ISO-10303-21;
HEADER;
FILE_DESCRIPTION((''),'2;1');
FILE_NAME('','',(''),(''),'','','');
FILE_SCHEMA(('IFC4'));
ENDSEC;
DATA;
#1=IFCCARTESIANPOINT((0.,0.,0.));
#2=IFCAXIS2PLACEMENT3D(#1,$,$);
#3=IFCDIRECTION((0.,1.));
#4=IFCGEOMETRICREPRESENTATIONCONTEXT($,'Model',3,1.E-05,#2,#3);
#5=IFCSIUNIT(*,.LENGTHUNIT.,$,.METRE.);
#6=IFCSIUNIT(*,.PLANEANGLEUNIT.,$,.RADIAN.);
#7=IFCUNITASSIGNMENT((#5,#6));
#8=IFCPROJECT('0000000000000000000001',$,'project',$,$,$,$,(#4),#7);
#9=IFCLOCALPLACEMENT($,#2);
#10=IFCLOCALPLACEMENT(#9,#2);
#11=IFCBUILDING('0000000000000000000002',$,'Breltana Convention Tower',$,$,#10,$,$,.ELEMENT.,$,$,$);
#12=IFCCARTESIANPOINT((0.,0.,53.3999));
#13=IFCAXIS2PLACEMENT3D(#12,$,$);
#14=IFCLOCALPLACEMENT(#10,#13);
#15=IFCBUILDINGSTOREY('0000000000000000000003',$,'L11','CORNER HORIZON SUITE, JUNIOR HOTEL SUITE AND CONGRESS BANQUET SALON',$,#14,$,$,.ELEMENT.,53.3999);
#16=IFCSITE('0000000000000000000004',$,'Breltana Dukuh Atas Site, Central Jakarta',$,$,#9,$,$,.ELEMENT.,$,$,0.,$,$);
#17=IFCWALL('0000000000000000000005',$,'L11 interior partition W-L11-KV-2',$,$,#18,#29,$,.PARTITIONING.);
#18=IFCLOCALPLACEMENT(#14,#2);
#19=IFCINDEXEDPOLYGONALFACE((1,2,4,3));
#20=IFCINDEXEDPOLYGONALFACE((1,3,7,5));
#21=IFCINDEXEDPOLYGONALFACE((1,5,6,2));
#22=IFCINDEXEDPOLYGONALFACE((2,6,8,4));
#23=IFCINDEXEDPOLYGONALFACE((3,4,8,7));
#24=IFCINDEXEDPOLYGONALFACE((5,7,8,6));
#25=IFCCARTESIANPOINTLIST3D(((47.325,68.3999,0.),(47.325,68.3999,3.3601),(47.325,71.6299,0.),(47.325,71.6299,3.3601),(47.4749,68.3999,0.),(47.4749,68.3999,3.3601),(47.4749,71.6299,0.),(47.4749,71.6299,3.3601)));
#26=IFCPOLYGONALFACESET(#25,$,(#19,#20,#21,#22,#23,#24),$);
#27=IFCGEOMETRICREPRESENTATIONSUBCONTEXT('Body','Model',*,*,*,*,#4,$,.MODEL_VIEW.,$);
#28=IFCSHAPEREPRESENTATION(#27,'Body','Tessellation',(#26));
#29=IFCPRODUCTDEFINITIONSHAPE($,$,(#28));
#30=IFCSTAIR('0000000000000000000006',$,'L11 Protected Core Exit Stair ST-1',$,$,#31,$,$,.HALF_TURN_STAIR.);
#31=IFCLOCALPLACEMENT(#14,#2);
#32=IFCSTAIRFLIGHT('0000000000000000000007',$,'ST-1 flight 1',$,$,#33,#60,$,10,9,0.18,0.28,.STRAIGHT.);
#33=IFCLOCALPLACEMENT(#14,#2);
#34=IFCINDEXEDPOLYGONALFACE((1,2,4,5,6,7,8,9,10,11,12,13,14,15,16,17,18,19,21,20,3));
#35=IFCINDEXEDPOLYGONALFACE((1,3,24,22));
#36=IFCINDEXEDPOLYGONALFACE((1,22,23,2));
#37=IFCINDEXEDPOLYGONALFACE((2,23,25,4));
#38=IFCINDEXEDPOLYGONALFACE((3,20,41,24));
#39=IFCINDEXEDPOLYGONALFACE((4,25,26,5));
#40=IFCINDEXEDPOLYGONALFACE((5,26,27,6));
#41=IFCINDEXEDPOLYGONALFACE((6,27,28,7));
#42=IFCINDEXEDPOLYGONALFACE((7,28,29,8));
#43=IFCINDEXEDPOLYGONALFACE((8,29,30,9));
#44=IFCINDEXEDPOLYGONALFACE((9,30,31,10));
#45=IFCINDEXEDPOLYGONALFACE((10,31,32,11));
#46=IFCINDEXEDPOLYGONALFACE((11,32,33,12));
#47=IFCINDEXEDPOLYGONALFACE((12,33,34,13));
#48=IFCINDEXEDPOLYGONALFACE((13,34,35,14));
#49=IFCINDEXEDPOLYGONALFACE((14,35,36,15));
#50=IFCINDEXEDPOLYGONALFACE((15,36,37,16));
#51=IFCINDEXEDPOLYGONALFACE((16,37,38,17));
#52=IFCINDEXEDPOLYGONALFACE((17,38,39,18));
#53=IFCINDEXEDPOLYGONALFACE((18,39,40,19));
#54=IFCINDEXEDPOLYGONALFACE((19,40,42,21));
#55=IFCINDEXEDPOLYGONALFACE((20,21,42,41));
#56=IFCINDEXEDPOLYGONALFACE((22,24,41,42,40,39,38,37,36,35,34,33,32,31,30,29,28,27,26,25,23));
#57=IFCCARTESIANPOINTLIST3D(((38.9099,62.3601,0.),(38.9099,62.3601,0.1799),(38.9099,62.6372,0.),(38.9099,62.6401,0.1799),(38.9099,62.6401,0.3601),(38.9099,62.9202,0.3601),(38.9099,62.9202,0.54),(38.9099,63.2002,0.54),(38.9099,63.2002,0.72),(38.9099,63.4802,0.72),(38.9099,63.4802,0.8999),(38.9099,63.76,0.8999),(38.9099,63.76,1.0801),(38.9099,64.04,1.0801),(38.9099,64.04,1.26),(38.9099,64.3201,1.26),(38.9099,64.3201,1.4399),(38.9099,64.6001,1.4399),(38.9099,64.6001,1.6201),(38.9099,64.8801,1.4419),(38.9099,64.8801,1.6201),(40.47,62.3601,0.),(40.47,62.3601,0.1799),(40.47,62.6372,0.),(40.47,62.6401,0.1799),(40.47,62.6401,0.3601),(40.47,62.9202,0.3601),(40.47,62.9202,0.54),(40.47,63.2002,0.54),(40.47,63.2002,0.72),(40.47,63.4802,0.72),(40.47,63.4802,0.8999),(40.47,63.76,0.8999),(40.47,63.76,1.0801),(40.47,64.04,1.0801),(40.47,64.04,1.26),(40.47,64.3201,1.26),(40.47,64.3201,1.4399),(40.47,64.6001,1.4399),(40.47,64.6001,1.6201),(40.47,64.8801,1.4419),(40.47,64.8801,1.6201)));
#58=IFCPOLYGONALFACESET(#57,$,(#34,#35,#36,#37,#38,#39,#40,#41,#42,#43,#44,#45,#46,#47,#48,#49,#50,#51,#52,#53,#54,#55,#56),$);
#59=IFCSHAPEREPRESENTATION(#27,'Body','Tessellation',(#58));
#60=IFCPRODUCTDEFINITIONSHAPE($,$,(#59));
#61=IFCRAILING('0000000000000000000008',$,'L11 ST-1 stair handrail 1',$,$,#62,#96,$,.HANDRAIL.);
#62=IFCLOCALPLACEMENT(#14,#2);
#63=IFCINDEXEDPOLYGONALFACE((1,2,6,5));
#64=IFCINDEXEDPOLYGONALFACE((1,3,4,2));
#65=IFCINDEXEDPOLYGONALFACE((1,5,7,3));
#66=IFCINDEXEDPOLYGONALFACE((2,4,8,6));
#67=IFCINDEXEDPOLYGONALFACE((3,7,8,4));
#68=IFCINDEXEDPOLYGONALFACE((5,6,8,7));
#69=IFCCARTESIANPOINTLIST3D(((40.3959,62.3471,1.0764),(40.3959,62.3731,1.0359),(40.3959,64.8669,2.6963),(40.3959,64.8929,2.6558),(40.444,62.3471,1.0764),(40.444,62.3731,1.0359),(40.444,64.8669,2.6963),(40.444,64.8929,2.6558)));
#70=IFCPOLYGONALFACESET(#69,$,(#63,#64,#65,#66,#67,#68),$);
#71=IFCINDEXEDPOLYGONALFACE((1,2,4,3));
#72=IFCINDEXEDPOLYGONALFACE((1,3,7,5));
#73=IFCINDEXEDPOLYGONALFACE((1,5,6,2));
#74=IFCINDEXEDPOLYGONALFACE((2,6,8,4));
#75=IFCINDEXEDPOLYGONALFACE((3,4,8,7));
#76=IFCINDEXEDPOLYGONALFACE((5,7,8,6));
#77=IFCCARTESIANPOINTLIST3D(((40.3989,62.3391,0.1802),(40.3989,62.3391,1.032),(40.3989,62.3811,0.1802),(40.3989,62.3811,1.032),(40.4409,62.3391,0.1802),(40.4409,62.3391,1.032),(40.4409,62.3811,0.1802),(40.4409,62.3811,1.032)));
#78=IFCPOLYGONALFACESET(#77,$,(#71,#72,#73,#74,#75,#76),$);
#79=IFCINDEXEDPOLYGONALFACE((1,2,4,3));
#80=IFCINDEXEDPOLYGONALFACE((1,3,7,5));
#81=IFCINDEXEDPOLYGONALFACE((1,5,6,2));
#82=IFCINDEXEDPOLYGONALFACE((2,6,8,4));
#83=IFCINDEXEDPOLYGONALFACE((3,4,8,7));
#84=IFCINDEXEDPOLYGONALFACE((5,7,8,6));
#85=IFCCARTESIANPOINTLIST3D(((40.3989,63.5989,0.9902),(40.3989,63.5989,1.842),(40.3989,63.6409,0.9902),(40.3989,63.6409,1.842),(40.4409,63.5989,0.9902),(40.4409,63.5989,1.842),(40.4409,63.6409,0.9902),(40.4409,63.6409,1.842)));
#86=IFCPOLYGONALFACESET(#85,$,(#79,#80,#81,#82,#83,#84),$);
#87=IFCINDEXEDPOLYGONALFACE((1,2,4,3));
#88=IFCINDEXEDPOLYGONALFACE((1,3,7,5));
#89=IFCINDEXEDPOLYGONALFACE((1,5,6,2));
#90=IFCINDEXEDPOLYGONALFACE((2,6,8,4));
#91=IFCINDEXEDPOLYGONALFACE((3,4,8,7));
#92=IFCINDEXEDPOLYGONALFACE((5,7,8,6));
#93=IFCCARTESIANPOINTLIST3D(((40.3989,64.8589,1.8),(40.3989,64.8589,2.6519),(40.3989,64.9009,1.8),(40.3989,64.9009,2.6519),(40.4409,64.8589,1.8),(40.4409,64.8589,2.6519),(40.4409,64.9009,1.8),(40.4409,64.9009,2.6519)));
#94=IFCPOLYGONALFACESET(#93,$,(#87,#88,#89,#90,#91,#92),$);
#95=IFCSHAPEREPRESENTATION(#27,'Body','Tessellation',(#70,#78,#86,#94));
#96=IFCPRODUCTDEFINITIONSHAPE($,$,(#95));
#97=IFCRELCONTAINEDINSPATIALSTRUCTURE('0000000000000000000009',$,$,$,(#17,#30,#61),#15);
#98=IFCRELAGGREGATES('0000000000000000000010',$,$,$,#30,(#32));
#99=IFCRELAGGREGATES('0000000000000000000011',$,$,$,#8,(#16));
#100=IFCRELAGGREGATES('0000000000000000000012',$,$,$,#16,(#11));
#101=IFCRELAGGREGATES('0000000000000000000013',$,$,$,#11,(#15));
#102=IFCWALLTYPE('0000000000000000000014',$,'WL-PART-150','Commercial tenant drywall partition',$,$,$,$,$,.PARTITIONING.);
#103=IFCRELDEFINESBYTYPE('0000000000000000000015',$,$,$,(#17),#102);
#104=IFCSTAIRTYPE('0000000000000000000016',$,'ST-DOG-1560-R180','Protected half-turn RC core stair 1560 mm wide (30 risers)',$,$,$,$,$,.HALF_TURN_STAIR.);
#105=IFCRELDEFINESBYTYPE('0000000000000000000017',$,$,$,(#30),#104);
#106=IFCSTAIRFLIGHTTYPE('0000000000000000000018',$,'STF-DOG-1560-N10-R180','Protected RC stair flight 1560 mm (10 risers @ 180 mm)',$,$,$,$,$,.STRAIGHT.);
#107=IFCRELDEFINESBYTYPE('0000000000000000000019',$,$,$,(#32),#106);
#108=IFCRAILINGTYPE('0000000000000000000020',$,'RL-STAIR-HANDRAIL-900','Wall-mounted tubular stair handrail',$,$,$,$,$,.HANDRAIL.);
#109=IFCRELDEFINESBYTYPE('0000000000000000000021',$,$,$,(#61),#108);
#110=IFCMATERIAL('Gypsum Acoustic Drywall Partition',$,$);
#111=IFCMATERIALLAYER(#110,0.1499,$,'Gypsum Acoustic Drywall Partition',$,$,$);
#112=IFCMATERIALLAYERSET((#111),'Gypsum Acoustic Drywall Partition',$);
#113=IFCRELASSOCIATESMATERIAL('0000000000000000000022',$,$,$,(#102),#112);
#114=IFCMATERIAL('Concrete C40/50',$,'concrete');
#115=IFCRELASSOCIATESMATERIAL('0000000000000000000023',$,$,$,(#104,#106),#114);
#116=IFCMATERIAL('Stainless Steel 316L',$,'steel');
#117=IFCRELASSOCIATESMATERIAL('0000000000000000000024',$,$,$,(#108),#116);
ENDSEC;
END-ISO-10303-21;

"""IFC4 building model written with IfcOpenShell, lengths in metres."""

from ifc_helpers import new_model, si_unit, direction, frame, frame_2d, origin, origin_2d, place, context, subcontext, project, spatial, polyline, rectangle, outline, extrude, source, transform, mapped, material, layer, layer_set, type_object, element, aggregate, save


model = new_model("IFC4")

# Units and contexts
model_context = context("Model", 3, precision=1e-05, world=origin(), true_north=direction((0.0, 1.0)))
body_context = subcontext(model_context, "Body", "Model", "MODEL_VIEW")
ifc_project = project(units=[si_unit("LENGTHUNIT", "METRE"), si_unit("PLANEANGLEUNIT", "RADIAN")], contexts=[model_context])

# Site, building, storey
site_placement = place(None, origin())
site = spatial("IfcSite", under=ifc_project, at=site_placement, Name="Breltana Dukuh Atas Site, Central Jakarta", CompositionType="ELEMENT", RefElevation=0.0)
building_placement = place(site_placement, origin())
building = spatial("IfcBuilding", under=site, at=building_placement, Name="Breltana Convention Tower", CompositionType="ELEMENT")
storey_placement = place(building_placement, frame((0.0, 0.0, 53.3999)))
storey = spatial("IfcBuildingStorey", under=building, at=storey_placement, Name="L11", Description="CORNER HORIZON SUITE, JUNIOR HOTEL SUITE AND CONGRESS BANQUET SALON", CompositionType="ELEMENT", Elevation=53.3999)

# Wall
ifc_material_1 = material(Name="Gypsum Acoustic Drywall Partition")
ifc_layer_1 = layer(ifc_material_1, 0.1499, Name="Gypsum Acoustic Drywall Partition")
ifc_layer_set_1 = layer_set([ifc_layer_1], Name="Gypsum Acoustic Drywall Partition")
wall_type_1 = type_object("IfcWallType", Name="WL-PART-150", Description="Commercial tenant drywall partition", PredefinedType="PARTITIONING", material=ifc_layer_set_1)
shared_shape_1 = source(origin(), body_context, "Body", "SweptSolid", [
    extrude(rectangle(XDim=3.23, YDim=0.1499, at=frame_2d((1.615, 0.0))), origin(), (0.0, 0.0, 1.0), 3.3601),
])
for number, where, z_axis, x_axis, name in (
    (1, (47.3999, 68.3999, 0.0), (0.0, 0.0, 1.0), (0.0, 1.0, 0.0), "L11 interior partition W-L11-KV-2"),
):
    element("IfcWall", number, at=place(storey_placement, frame(where, z_axis=z_axis, x_axis=x_axis)), inside=storey, type_object=wall_type_1, Name=name, PredefinedType="PARTITIONING", context=body_context, shape_type="MappedRepresentation", body=[
        mapped(shared_shape_1, transform((0.0, 0.0, 0.0), scale=1.0)),
    ])

# Stair, stair flight
ifc_material_2 = material(Name="Concrete C40/50", Category="concrete")
stair_type = type_object("IfcStairType", Name="ST-DOG-1560-R180", Description="Protected half-turn RC core stair 1560 mm wide (30 risers)", PredefinedType="HALF_TURN_STAIR", material=ifc_material_2)
stair_placement = place(storey_placement, origin())
stair = element("IfcStair", 2, at=stair_placement, inside=storey, type_object=stair_type, Name="L11 Protected Core Exit Stair ST-1", PredefinedType="HALF_TURN_STAIR")
stair_flight_type = type_object("IfcStairFlightType", Name="STF-DOG-1560-N10-R180", Description="Protected RC stair flight 1560 mm (10 risers @ 180 mm)", PredefinedType="STRAIGHT", material=ifc_material_2)
stair_flight_placement = place(storey_placement, frame((39.6899, 62.3601, 0.0), z_axis=(0.0, 0.0, 1.0), x_axis=(0.0, 1.0, 0.0)))
stair_flight = element("IfcStairFlight", 3, at=stair_flight_placement, type_object=stair_flight_type, Name="ST-1 flight 1", NumberOfRisers=10, NumberOfTreads=9, PredefinedType="STRAIGHT", RiserHeight=0.18, TreadLength=0.28, context=body_context, shape_type="SweptSolid", body=[
    extrude(outline(polyline([(0.0, 0.0), (0.0, 0.1799), (0.28, 0.1799), (0.28, 0.3601), (0.5601, 0.3601), (0.5601, 0.54), (0.8401, 0.54), (0.8401, 0.72), (1.1201, 0.72), (1.1201, 0.8999), (1.3999, 0.8999), (1.3999, 1.0801), (1.6799, 1.0801), (1.6799, 1.26), (1.96, 1.26), (1.96, 1.4399), (2.24, 1.4399), (2.24, 1.6201), (2.52, 1.6201), (2.52, 1.8), (2.52, 1.4419), (0.2771, 0.0), (0.0, 0.0)])), frame((0.0, 0.78, 0.0), z_axis=(0.0, -1.0, 0.0), x_axis=(1.0, 0.0, 0.0)), (0.0, 0.0, 1.0), 1.5601),
])
aggregate(stair, [stair_flight])

# Railing
ifc_material_3 = material(Name="Stainless Steel 316L", Category="steel")
railing_type = type_object("IfcRailingType", Name="RL-STAIR-HANDRAIL-900", Description="Wall-mounted tubular stair handrail", PredefinedType="HANDRAIL", material=ifc_material_3)
railing_placement = place(storey_placement, frame((40.4199, 62.3601, 0.1802)))
element("IfcRailing", 4, at=railing_placement, inside=storey, type_object=railing_type, Name="L11 ST-1 stair handrail 1", PredefinedType="HANDRAIL", context=body_context, shape_type="SweptSolid", body=[
    extrude(rectangle(XDim=0.0481, YDim=0.0481, at=origin_2d()), frame((0.0, 0.0, 0.876), z_axis=(0.0, 0.841176, 0.540762), x_axis=(-1.0, 0.0, 0.0)), (0.0, 0.0, 1.0), 2.9956),
    extrude(rectangle(XDim=0.042, YDim=0.042, at=origin_2d()), origin(), (0.0, 0.0, 1.0), 0.8518),
    extrude(rectangle(XDim=0.042, YDim=0.042, at=origin_2d()), frame((0.0, 1.2598, 0.8101)), (0.0, 0.0, 1.0), 0.8518),
    extrude(rectangle(XDim=0.042, YDim=0.042, at=origin_2d()), frame((0.0, 2.5198, 1.6199)), (0.0, 0.0, 1.0), 0.8518),
])

save(model, "model.ifc")
